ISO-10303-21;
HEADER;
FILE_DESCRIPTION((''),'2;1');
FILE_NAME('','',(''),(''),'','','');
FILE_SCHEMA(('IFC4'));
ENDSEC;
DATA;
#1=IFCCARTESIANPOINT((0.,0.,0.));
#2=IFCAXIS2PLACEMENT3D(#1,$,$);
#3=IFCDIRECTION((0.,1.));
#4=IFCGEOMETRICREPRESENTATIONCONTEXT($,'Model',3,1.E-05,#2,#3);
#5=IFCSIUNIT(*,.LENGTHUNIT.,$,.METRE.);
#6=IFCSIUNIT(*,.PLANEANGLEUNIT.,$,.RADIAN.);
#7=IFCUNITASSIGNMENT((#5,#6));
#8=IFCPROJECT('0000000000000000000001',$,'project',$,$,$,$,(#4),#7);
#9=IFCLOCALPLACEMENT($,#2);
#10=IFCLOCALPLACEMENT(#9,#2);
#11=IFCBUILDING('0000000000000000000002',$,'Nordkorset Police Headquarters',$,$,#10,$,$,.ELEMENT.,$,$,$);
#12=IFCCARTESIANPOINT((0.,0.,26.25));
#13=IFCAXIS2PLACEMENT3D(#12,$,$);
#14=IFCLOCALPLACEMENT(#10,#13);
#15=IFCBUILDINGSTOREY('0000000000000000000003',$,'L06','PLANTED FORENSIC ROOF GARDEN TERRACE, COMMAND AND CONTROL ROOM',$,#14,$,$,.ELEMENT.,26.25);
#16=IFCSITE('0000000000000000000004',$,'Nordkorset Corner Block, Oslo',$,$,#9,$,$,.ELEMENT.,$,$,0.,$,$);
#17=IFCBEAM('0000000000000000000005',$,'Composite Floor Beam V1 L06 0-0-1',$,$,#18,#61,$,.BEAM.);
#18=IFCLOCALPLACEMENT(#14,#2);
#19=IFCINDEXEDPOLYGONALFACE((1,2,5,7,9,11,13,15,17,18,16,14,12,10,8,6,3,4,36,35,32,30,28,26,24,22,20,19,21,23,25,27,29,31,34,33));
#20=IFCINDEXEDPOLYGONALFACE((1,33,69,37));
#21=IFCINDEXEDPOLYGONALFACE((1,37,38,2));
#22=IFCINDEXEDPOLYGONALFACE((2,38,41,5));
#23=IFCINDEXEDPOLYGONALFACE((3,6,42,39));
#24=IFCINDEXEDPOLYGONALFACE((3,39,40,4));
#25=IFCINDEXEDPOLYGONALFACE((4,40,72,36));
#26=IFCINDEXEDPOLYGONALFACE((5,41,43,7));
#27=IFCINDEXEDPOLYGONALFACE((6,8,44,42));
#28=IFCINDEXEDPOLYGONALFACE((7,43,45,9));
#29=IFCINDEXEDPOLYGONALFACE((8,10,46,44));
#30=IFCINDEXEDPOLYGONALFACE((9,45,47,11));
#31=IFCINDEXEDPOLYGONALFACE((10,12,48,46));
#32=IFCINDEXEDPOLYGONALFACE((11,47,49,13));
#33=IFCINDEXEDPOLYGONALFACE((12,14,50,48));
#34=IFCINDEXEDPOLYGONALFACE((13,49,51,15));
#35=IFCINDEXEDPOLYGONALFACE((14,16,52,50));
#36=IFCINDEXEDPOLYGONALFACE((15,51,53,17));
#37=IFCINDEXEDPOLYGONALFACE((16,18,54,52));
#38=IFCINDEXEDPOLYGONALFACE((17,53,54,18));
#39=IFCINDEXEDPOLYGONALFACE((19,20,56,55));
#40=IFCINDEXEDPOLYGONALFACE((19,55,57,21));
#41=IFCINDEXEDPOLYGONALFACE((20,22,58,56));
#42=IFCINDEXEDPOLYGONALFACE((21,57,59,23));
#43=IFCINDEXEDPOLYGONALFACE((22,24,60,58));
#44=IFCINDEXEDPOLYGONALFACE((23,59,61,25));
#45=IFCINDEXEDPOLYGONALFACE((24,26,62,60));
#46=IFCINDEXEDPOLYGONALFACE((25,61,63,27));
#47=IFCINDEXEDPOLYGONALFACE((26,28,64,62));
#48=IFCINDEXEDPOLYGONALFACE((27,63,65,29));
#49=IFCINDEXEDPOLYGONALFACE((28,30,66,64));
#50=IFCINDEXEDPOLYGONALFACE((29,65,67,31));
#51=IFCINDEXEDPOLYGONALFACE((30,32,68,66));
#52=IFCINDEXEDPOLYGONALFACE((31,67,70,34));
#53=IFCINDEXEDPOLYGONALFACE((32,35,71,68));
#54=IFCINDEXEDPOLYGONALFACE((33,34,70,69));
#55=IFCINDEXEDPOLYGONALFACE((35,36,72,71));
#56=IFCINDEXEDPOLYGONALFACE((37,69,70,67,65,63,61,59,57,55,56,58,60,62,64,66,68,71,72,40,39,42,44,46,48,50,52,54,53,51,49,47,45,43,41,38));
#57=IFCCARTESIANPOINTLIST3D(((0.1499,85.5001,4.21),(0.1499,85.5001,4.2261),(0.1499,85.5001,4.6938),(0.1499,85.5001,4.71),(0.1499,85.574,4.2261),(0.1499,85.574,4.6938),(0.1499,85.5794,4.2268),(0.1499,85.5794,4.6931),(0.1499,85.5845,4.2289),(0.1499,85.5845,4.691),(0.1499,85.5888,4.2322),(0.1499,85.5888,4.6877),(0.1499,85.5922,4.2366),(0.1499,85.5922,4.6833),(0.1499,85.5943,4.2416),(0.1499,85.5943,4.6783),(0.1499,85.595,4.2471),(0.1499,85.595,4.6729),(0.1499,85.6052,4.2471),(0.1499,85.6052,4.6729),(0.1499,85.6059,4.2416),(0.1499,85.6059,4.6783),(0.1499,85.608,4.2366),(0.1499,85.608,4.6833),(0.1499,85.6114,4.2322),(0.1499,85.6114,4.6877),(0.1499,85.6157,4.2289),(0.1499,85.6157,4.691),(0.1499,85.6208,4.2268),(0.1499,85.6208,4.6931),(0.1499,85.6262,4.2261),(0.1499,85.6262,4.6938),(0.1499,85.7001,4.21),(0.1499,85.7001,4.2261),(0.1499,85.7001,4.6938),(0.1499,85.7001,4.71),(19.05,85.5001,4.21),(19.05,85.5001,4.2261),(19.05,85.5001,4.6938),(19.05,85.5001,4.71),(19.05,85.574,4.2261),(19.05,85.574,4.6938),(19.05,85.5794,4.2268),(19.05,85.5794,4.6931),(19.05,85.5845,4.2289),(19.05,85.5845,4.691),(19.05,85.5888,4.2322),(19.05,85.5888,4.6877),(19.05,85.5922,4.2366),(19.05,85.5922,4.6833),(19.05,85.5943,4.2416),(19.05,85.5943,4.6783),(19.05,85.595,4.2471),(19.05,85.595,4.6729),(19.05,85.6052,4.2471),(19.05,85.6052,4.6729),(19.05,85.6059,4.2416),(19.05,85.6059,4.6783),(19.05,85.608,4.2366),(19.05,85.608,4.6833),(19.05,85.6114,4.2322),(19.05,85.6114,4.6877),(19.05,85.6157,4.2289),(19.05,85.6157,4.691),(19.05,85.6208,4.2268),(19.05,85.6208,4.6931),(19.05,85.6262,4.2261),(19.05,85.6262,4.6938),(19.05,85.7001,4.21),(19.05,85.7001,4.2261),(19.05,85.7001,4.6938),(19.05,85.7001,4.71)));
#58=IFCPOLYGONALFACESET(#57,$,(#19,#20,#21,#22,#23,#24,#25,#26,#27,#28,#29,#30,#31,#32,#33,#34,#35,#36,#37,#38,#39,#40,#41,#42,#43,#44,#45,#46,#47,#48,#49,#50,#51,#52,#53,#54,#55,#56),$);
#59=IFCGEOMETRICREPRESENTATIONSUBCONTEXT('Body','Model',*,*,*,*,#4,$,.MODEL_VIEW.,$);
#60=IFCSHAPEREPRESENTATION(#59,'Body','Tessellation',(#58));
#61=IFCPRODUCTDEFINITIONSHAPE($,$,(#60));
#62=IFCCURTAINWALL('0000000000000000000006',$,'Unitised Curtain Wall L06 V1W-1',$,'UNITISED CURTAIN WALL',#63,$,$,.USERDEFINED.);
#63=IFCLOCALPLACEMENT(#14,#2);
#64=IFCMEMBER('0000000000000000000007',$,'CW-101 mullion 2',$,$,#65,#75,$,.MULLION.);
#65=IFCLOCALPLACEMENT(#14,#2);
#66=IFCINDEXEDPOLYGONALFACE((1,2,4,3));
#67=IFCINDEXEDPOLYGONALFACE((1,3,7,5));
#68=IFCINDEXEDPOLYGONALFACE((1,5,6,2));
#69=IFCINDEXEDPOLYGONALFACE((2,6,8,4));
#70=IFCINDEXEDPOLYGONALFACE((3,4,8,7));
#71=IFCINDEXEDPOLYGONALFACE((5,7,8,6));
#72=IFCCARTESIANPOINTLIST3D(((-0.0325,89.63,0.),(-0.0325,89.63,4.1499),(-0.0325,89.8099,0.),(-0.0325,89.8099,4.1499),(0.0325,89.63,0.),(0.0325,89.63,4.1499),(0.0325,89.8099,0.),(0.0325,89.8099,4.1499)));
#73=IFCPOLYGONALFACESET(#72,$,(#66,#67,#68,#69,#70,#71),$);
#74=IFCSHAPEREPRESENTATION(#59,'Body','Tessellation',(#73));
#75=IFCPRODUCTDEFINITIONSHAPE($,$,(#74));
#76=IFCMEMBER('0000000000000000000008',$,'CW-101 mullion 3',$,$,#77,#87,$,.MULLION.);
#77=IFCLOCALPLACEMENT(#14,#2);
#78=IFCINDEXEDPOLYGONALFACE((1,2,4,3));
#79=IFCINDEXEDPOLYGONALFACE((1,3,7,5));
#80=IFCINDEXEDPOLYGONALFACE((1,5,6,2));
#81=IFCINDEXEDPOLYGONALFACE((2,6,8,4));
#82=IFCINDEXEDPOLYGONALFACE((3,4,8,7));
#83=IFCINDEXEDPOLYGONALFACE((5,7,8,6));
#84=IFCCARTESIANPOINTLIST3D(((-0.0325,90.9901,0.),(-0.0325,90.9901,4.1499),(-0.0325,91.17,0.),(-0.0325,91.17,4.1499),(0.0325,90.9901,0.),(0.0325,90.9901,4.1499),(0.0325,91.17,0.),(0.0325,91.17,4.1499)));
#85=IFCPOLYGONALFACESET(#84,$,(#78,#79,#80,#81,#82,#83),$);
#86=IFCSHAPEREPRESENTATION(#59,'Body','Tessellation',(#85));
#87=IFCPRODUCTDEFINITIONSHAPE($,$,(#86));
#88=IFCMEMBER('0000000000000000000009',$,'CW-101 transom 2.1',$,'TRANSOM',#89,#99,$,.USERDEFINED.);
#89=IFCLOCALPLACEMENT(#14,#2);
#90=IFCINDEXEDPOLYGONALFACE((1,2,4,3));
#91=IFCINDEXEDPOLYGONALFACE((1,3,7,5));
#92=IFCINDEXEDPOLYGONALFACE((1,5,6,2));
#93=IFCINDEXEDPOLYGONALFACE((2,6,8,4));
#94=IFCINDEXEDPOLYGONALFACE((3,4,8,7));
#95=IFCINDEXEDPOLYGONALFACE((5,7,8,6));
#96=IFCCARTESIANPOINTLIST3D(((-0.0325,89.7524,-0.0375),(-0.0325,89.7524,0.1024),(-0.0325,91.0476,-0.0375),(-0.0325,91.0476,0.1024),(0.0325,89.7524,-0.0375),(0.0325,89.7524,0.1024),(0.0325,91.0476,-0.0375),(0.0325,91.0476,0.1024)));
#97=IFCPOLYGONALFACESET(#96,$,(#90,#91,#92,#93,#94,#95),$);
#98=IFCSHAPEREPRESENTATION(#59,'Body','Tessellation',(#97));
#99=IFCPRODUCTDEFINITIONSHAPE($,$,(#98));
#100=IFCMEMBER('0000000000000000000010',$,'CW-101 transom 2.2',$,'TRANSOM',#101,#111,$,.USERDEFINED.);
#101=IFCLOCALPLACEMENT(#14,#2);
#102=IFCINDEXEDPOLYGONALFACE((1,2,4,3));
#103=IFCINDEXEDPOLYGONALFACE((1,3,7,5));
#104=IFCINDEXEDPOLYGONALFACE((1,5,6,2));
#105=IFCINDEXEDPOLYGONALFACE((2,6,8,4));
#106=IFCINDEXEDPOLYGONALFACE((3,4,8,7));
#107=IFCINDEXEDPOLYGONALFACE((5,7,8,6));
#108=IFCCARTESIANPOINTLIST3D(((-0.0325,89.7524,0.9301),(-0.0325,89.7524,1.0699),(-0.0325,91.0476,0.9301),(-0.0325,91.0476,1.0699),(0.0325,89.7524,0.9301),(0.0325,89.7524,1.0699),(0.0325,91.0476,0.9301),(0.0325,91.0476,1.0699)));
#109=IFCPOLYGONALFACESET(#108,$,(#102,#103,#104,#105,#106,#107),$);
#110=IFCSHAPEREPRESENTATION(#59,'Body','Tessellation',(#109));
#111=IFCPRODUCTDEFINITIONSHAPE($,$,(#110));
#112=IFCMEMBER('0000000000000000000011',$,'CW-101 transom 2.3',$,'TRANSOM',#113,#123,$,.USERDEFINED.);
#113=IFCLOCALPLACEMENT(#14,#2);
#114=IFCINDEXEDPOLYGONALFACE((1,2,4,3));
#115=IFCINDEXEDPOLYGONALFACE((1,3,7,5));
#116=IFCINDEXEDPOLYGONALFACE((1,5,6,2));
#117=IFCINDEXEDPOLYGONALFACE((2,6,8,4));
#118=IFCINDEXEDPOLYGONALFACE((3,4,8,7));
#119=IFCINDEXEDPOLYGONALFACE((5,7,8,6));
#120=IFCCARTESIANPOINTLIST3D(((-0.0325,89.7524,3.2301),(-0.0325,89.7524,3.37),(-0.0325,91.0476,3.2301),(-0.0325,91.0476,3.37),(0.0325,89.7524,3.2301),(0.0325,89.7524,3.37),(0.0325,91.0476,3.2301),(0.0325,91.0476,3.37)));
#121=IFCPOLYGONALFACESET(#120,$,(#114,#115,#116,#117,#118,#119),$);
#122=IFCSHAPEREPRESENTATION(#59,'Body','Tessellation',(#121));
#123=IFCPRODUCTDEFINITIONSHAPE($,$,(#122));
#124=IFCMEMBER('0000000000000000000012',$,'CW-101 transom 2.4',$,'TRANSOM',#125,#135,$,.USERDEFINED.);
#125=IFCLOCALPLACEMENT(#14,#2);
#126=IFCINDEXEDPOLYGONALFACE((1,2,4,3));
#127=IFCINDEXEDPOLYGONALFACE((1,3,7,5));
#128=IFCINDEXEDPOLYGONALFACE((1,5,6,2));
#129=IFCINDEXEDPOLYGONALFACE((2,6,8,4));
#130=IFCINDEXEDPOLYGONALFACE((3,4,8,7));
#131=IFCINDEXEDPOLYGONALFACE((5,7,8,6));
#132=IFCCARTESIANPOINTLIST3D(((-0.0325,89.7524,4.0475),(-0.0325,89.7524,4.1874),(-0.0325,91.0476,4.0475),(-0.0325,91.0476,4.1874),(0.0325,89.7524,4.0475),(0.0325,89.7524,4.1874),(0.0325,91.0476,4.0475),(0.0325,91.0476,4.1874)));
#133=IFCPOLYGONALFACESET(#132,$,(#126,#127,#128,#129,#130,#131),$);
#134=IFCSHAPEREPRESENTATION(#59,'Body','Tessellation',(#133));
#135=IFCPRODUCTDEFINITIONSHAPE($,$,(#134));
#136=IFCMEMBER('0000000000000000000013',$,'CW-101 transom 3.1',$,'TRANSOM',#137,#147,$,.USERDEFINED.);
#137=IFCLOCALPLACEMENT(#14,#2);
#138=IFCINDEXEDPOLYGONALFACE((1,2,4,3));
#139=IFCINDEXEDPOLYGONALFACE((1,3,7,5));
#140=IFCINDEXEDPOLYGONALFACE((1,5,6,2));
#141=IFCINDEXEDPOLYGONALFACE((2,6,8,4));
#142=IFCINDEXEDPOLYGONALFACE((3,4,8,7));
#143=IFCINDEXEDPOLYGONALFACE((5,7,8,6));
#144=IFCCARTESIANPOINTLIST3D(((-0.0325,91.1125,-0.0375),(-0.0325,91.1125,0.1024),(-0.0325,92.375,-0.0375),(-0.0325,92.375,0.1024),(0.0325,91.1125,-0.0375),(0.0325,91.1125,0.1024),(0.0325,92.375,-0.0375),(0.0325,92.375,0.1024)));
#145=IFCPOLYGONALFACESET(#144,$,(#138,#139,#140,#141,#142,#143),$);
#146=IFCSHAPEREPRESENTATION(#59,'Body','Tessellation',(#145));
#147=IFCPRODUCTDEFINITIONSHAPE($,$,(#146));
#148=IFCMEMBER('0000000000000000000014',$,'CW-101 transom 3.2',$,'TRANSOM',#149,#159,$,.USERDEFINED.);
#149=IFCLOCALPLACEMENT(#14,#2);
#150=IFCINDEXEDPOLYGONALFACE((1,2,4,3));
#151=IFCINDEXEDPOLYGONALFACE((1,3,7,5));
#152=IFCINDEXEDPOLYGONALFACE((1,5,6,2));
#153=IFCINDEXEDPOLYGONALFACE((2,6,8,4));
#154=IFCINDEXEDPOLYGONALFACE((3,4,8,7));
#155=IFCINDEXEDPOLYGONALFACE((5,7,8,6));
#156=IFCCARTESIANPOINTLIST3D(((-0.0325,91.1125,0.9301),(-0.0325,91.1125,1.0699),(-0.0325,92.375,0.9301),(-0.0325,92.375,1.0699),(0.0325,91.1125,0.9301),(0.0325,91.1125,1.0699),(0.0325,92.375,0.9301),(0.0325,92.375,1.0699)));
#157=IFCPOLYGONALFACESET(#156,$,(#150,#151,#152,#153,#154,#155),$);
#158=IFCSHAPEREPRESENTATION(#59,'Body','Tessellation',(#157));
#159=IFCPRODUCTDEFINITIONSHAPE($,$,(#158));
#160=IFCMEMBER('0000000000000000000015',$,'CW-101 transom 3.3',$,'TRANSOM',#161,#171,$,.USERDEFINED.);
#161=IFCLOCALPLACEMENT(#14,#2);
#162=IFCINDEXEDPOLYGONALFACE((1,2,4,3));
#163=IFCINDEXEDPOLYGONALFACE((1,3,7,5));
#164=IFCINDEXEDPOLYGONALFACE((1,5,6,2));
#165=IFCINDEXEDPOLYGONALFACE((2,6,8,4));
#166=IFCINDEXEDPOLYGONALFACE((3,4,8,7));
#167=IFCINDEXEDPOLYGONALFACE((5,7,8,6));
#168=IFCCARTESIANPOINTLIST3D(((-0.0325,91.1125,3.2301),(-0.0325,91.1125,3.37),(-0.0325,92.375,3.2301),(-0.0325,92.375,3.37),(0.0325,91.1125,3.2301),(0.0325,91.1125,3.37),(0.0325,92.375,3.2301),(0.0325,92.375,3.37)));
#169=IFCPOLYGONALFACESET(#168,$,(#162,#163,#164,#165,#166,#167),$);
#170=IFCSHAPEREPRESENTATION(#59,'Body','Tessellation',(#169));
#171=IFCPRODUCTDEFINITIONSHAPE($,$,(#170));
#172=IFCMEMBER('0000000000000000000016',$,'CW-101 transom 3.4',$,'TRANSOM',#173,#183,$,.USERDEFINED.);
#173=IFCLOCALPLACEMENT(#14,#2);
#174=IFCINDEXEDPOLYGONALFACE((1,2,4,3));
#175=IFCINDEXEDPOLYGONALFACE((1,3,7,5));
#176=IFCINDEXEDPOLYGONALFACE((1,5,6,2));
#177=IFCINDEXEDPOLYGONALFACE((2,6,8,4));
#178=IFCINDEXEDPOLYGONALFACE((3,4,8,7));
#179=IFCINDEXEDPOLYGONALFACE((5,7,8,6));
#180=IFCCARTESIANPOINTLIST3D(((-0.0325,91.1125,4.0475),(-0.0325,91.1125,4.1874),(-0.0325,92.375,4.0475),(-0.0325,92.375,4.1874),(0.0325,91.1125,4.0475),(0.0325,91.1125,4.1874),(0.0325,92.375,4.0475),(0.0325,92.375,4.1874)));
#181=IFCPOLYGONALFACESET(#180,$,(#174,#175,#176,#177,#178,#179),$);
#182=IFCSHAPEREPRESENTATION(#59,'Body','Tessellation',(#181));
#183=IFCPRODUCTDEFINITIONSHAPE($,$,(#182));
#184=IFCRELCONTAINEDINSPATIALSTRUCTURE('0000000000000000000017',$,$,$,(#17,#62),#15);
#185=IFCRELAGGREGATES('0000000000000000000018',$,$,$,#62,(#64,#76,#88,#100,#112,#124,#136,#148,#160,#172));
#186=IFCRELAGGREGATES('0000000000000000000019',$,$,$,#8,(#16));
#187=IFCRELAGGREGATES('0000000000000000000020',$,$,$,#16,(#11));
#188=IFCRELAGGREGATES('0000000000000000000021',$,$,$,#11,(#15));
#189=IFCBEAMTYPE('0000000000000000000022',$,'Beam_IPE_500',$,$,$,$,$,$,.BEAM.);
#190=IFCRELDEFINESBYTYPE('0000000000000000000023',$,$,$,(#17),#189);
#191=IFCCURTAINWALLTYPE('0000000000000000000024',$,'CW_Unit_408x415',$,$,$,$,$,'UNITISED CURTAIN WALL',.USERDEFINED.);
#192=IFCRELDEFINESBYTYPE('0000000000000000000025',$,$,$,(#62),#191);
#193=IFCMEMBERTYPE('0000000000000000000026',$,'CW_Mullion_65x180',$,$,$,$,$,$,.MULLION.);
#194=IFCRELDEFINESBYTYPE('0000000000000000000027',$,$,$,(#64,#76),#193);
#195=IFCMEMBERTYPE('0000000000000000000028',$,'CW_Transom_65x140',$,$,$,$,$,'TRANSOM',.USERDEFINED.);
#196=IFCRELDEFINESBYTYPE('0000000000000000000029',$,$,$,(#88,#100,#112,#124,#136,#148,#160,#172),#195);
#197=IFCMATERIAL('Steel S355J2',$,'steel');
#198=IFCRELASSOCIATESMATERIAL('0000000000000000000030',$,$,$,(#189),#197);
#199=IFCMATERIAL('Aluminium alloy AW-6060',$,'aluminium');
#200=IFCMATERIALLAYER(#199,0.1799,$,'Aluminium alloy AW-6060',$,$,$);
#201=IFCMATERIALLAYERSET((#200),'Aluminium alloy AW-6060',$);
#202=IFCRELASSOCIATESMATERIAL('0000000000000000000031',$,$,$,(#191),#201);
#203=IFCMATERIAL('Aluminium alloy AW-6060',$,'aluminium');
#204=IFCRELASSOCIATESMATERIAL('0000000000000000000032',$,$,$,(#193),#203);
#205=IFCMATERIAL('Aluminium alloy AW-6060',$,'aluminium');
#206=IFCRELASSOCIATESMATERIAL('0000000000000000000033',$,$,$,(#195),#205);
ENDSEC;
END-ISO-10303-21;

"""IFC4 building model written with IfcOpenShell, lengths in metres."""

from ifc_helpers import new_model, si_unit, direction, frame, origin, origin_2d, place, context, subcontext, project, spatial, rectangle, i_section, extrude, material, layer, layer_set, material_profile, profile_set, type_object, element, aggregate, save


model = new_model("IFC4")

# Units and contexts
model_context = context("Model", 3, precision=1e-05, world=origin(), true_north=direction((0.0, 1.0)))
body_context = subcontext(model_context, "Body", "Model", "MODEL_VIEW")
ifc_project = project(units=[si_unit("LENGTHUNIT", "METRE"), si_unit("PLANEANGLEUNIT", "RADIAN")], contexts=[model_context])

# Site, building, storey
site_placement = place(None, origin())
site = spatial("IfcSite", under=ifc_project, at=site_placement, Name="Nordkorset Corner Block, Oslo", CompositionType="ELEMENT", RefElevation=0.0)
building_placement = place(site_placement, origin())
building = spatial("IfcBuilding", under=site, at=building_placement, Name="Nordkorset Police Headquarters", CompositionType="ELEMENT")
storey_placement = place(building_placement, frame((0.0, 0.0, 26.25)))
storey = spatial("IfcBuildingStorey", under=building, at=storey_placement, Name="L06", Description="PLANTED FORENSIC ROOF GARDEN TERRACE, COMMAND AND CONTROL ROOM", CompositionType="ELEMENT", Elevation=26.25)

# Beam
ifc_material_1 = material(Name="Steel S355J2", Category="steel")
ifc_material_profile_1 = material_profile(ifc_material_1, i_section(OverallWidth=0.2, OverallDepth=0.5, WebThickness=0.0103, FlangeThickness=0.0161, FilletRadius=0.021, at=origin_2d()), Name="IPE 500")
ifc_profile_set_1 = profile_set([ifc_material_profile_1], Name="Steel S355J2")
beam_type_1 = type_object("IfcBeamType", Name="Beam_IPE_500", PredefinedType="BEAM", material=ifc_profile_set_1)
beam_1_placement = place(storey_placement, frame((0.1499, 85.6001, 4.46), z_axis=(1.0, 0.0, 0.0), x_axis=(0.0, 1.0, 0.0)))
element("IfcBeam", 1, at=beam_1_placement, inside=storey, type_object=beam_type_1, Name="Composite Floor Beam V1 L06 0-0-1", PredefinedType="BEAM", context=body_context, shape_type="SweptSolid", body=[
    extrude(i_section(OverallWidth=0.2, OverallDepth=0.5, WebThickness=0.0103, FlangeThickness=0.0161, FilletRadius=0.021, at=origin_2d()), origin(), (0.0, 0.0, 1.0), 18.9001),
])

# Curtain wall, members
ifc_material_2 = material(Name="Aluminium alloy AW-6060", Category="aluminium")
ifc_layer_1 = layer(ifc_material_2, 0.1799, Name="Aluminium alloy AW-6060")
ifc_layer_set_1 = layer_set([ifc_layer_1], Name="Aluminium alloy AW-6060")
curtain_wall_type = type_object("IfcCurtainWallType", Name="CW_Unit_408x415", ElementType="UNITISED CURTAIN WALL", PredefinedType="USERDEFINED", material=ifc_layer_set_1)
curtain_wall_placement = place(storey_placement, origin())
curtain_wall = element("IfcCurtainWall", 2, at=curtain_wall_placement, inside=storey, type_object=curtain_wall_type, Name="Unitised Curtain Wall L06 V1W-1", ObjectType="UNITISED CURTAIN WALL", PredefinedType="USERDEFINED")
ifc_material_3 = material(Name="Aluminium alloy AW-6060", Category="aluminium")
ifc_material_profile_2 = material_profile(ifc_material_3, rectangle(XDim=0.0649, YDim=0.1799, at=origin_2d()), Name="ALU MULL 65x180")
ifc_profile_set_2 = profile_set([ifc_material_profile_2], Name="Aluminium alloy AW-6060")
member_type_1 = type_object("IfcMemberType", Name="CW_Mullion_65x180", PredefinedType="MULLION", material=ifc_profile_set_2)
member_1_placement = place(storey_placement, frame((0.0, 89.72, 0.0), z_axis=(0.0, 0.0, 1.0), x_axis=(-1.0, 0.0, 0.0)))
member_1 = element("IfcMember", 3, at=member_1_placement, type_object=member_type_1, Name="CW-101 mullion 2", PredefinedType="MULLION", context=body_context, shape_type="SweptSolid", body=[
    extrude(rectangle(XDim=0.0649, YDim=0.1799, at=origin_2d()), origin(), (0.0, 0.0, 1.0), 4.1499),
])
member_2_placement = place(storey_placement, frame((0.0, 91.0801, 0.0), z_axis=(0.0, 0.0, 1.0), x_axis=(-1.0, 0.0, 0.0)))
member_2 = element("IfcMember", 4, at=member_2_placement, type_object=member_type_1, Name="CW-101 mullion 3", PredefinedType="MULLION", context=body_context, shape_type="SweptSolid", body=[
    extrude(rectangle(XDim=0.0649, YDim=0.1799, at=origin_2d()), origin(), (0.0, 0.0, 1.0), 4.1499),
])
ifc_material_4 = material(Name="Aluminium alloy AW-6060", Category="aluminium")
ifc_material_profile_3 = material_profile(ifc_material_4, rectangle(XDim=0.0649, YDim=0.1399, at=origin_2d()), Name="ALU TRAN 65x140")
ifc_profile_set_3 = profile_set([ifc_material_profile_3], Name="Aluminium alloy AW-6060")
member_type_2 = type_object("IfcMemberType", Name="CW_Transom_65x140", ElementType="TRANSOM", PredefinedType="USERDEFINED", material=ifc_profile_set_3)
member_3_placement = place(storey_placement, frame((0.0, 89.7524, 0.0325), z_axis=(0.0, 1.0, 0.0), x_axis=(-1.0, 0.0, 0.0)))
member_3 = element("IfcMember", 5, at=member_3_placement, type_object=member_type_2, Name="CW-101 transom 2.1", ObjectType="TRANSOM", PredefinedType="USERDEFINED", context=body_context, shape_type="SweptSolid", body=[
    extrude(rectangle(XDim=0.0649, YDim=0.1399, at=origin_2d()), origin(), (0.0, 0.0, 1.0), 1.2952),
])
member_4_placement = place(storey_placement, frame((0.0, 89.7524, 1.0), z_axis=(0.0, 1.0, 0.0), x_axis=(-1.0, 0.0, 0.0)))
member_4 = element("IfcMember", 6, at=member_4_placement, type_object=member_type_2, Name="CW-101 transom 2.2", ObjectType="TRANSOM", PredefinedType="USERDEFINED", context=body_context, shape_type="SweptSolid", body=[
    extrude(rectangle(XDim=0.0649, YDim=0.1399, at=origin_2d()), origin(), (0.0, 0.0, 1.0), 1.2952),
])
member_5_placement = place(storey_placement, frame((0.0, 89.7524, 3.3), z_axis=(0.0, 1.0, 0.0), x_axis=(-1.0, 0.0, 0.0)))
member_5 = element("IfcMember", 7, at=member_5_placement, type_object=member_type_2, Name="CW-101 transom 2.3", ObjectType="TRANSOM", PredefinedType="USERDEFINED", context=body_context, shape_type="SweptSolid", body=[
    extrude(rectangle(XDim=0.0649, YDim=0.1399, at=origin_2d()), origin(), (0.0, 0.0, 1.0), 1.2952),
])
member_6_placement = place(storey_placement, frame((0.0, 89.7524, 4.1174), z_axis=(0.0, 1.0, 0.0), x_axis=(-1.0, 0.0, 0.0)))
member_6 = element("IfcMember", 8, at=member_6_placement, type_object=member_type_2, Name="CW-101 transom 2.4", ObjectType="TRANSOM", PredefinedType="USERDEFINED", context=body_context, shape_type="SweptSolid", body=[
    extrude(rectangle(XDim=0.0649, YDim=0.1399, at=origin_2d()), origin(), (0.0, 0.0, 1.0), 1.2952),
])
member_7_placement = place(storey_placement, frame((0.0, 91.1125, 0.0325), z_axis=(0.0, 1.0, 0.0), x_axis=(-1.0, 0.0, 0.0)))
member_7 = element("IfcMember", 9, at=member_7_placement, type_object=member_type_2, Name="CW-101 transom 3.1", ObjectType="TRANSOM", PredefinedType="USERDEFINED", context=body_context, shape_type="SweptSolid", body=[
    extrude(rectangle(XDim=0.0649, YDim=0.1399, at=origin_2d()), origin(), (0.0, 0.0, 1.0), 1.2625),
])
member_8_placement = place(storey_placement, frame((0.0, 91.1125, 1.0), z_axis=(0.0, 1.0, 0.0), x_axis=(-1.0, 0.0, 0.0)))
member_8 = element("IfcMember", 10, at=member_8_placement, type_object=member_type_2, Name="CW-101 transom 3.2", ObjectType="TRANSOM", PredefinedType="USERDEFINED", context=body_context, shape_type="SweptSolid", body=[
    extrude(rectangle(XDim=0.0649, YDim=0.1399, at=origin_2d()), origin(), (0.0, 0.0, 1.0), 1.2625),
])
member_9_placement = place(storey_placement, frame((0.0, 91.1125, 3.3), z_axis=(0.0, 1.0, 0.0), x_axis=(-1.0, 0.0, 0.0)))
member_9 = element("IfcMember", 11, at=member_9_placement, type_object=member_type_2, Name="CW-101 transom 3.3", ObjectType="TRANSOM", PredefinedType="USERDEFINED", context=body_context, shape_type="SweptSolid", body=[
    extrude(rectangle(XDim=0.0649, YDim=0.1399, at=origin_2d()), origin(), (0.0, 0.0, 1.0), 1.2625),
])
member_10_placement = place(storey_placement, frame((0.0, 91.1125, 4.1174), z_axis=(0.0, 1.0, 0.0), x_axis=(-1.0, 0.0, 0.0)))
member_10 = element("IfcMember", 12, at=member_10_placement, type_object=member_type_2, Name="CW-101 transom 3.4", ObjectType="TRANSOM", PredefinedType="USERDEFINED", context=body_context, shape_type="SweptSolid", body=[
    extrude(rectangle(XDim=0.0649, YDim=0.1399, at=origin_2d()), origin(), (0.0, 0.0, 1.0), 1.2625),
])

aggregate(curtain_wall, [member_1, member_2, member_3, member_4, member_5, member_6, member_7, member_8, member_9, member_10])

save(model, "model.ifc")
